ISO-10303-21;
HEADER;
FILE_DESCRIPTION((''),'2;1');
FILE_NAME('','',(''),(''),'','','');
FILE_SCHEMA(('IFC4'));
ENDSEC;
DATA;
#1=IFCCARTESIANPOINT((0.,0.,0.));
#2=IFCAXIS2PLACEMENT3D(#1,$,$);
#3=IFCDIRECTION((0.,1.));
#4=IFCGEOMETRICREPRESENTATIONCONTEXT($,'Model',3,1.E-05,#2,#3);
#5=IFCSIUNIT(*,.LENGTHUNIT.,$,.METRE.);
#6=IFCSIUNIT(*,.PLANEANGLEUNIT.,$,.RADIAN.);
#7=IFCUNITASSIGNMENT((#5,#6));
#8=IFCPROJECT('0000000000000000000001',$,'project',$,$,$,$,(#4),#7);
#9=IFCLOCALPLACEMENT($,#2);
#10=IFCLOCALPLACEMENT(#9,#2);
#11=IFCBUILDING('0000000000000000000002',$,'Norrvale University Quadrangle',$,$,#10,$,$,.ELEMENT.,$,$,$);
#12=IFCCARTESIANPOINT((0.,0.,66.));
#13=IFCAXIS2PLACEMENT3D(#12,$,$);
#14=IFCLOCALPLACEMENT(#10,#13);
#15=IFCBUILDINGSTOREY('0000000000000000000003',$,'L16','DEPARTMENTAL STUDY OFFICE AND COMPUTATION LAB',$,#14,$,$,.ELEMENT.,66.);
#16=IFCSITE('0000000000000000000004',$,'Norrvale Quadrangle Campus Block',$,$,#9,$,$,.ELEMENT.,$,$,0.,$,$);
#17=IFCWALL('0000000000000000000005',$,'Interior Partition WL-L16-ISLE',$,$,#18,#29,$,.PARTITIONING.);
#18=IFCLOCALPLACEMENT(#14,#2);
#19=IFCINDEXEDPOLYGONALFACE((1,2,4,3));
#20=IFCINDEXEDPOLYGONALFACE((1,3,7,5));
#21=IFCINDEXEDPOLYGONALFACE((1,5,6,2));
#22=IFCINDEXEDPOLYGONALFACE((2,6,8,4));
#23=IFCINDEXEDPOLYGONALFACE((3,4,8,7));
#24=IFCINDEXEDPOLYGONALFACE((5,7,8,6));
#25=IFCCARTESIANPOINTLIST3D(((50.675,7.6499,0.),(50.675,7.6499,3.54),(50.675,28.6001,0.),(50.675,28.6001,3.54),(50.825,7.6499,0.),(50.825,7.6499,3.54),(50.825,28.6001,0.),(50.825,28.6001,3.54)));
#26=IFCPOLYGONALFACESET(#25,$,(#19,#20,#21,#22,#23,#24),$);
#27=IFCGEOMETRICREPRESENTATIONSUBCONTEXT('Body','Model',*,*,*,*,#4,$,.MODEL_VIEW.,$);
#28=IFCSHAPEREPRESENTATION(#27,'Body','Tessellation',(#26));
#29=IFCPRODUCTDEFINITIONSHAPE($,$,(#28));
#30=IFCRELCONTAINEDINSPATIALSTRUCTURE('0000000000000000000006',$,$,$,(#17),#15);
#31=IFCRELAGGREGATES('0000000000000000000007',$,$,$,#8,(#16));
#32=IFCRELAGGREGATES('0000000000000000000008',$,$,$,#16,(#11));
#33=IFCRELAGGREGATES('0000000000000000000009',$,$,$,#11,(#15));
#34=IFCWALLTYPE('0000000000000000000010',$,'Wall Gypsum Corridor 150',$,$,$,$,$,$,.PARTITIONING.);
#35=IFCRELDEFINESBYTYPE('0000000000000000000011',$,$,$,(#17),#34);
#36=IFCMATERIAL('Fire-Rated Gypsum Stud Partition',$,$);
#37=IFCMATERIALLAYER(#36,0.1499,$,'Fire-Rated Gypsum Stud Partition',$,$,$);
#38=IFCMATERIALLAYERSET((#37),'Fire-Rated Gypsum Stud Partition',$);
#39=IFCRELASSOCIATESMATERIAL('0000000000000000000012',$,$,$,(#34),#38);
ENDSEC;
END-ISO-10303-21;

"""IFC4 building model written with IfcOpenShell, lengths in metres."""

from ifc_helpers import new_model, si_unit, direction, frame, frame_2d, origin, place, context, subcontext, project, spatial, rectangle, extrude, material, layer, layer_set, type_object, element, save


model = new_model("IFC4")

# Units and contexts
model_context = context("Model", 3, precision=1e-05, world=origin(), true_north=direction((0.0, 1.0)))
body_context = subcontext(model_context, "Body", "Model", "MODEL_VIEW")
ifc_project = project(units=[si_unit("LENGTHUNIT", "METRE"), si_unit("PLANEANGLEUNIT", "RADIAN")], contexts=[model_context])

# Site, building, storey
site_placement = place(None, origin())
site = spatial("IfcSite", under=ifc_project, at=site_placement, Name="Norrvale Quadrangle Campus Block", CompositionType="ELEMENT", RefElevation=0.0)
building_placement = place(site_placement, origin())
building = spatial("IfcBuilding", under=site, at=building_placement, Name="Norrvale University Quadrangle", CompositionType="ELEMENT")
storey_placement = place(building_placement, frame((0.0, 0.0, 66.0)))
storey = spatial("IfcBuildingStorey", under=building, at=storey_placement, Name="L16", Description="DEPARTMENTAL STUDY OFFICE AND COMPUTATION LAB", CompositionType="ELEMENT", Elevation=66.0)

# Shared definitions
ifc_material_1 = material(Name="Fire-Rated Gypsum Stud Partition")
ifc_layer_1 = layer(ifc_material_1, 0.1499, Name="Fire-Rated Gypsum Stud Partition")
ifc_layer_set_1 = layer_set([ifc_layer_1], Name="Fire-Rated Gypsum Stud Partition")
wall_type_1 = type_object("IfcWallType", Name="Wall Gypsum Corridor 150", PredefinedType="PARTITIONING", material=ifc_layer_set_1)

# Wall
wall_1_placement = place(storey_placement, frame((50.75, 7.6499, 0.0), z_axis=(0.0, 0.0, 1.0), x_axis=(0.0, 1.0, 0.0)))
element("IfcWall", 1, at=wall_1_placement, inside=storey, type_object=wall_type_1, Name="Interior Partition WL-L16-ISLE", PredefinedType="PARTITIONING", context=body_context, shape_type="SweptSolid", body=[
    extrude(rectangle(XDim=20.9502, YDim=0.1499, at=frame_2d((10.4751, 0.0))), origin(), (0.0, 0.0, 1.0), 3.54),
])

save(model, "model.ifc")
